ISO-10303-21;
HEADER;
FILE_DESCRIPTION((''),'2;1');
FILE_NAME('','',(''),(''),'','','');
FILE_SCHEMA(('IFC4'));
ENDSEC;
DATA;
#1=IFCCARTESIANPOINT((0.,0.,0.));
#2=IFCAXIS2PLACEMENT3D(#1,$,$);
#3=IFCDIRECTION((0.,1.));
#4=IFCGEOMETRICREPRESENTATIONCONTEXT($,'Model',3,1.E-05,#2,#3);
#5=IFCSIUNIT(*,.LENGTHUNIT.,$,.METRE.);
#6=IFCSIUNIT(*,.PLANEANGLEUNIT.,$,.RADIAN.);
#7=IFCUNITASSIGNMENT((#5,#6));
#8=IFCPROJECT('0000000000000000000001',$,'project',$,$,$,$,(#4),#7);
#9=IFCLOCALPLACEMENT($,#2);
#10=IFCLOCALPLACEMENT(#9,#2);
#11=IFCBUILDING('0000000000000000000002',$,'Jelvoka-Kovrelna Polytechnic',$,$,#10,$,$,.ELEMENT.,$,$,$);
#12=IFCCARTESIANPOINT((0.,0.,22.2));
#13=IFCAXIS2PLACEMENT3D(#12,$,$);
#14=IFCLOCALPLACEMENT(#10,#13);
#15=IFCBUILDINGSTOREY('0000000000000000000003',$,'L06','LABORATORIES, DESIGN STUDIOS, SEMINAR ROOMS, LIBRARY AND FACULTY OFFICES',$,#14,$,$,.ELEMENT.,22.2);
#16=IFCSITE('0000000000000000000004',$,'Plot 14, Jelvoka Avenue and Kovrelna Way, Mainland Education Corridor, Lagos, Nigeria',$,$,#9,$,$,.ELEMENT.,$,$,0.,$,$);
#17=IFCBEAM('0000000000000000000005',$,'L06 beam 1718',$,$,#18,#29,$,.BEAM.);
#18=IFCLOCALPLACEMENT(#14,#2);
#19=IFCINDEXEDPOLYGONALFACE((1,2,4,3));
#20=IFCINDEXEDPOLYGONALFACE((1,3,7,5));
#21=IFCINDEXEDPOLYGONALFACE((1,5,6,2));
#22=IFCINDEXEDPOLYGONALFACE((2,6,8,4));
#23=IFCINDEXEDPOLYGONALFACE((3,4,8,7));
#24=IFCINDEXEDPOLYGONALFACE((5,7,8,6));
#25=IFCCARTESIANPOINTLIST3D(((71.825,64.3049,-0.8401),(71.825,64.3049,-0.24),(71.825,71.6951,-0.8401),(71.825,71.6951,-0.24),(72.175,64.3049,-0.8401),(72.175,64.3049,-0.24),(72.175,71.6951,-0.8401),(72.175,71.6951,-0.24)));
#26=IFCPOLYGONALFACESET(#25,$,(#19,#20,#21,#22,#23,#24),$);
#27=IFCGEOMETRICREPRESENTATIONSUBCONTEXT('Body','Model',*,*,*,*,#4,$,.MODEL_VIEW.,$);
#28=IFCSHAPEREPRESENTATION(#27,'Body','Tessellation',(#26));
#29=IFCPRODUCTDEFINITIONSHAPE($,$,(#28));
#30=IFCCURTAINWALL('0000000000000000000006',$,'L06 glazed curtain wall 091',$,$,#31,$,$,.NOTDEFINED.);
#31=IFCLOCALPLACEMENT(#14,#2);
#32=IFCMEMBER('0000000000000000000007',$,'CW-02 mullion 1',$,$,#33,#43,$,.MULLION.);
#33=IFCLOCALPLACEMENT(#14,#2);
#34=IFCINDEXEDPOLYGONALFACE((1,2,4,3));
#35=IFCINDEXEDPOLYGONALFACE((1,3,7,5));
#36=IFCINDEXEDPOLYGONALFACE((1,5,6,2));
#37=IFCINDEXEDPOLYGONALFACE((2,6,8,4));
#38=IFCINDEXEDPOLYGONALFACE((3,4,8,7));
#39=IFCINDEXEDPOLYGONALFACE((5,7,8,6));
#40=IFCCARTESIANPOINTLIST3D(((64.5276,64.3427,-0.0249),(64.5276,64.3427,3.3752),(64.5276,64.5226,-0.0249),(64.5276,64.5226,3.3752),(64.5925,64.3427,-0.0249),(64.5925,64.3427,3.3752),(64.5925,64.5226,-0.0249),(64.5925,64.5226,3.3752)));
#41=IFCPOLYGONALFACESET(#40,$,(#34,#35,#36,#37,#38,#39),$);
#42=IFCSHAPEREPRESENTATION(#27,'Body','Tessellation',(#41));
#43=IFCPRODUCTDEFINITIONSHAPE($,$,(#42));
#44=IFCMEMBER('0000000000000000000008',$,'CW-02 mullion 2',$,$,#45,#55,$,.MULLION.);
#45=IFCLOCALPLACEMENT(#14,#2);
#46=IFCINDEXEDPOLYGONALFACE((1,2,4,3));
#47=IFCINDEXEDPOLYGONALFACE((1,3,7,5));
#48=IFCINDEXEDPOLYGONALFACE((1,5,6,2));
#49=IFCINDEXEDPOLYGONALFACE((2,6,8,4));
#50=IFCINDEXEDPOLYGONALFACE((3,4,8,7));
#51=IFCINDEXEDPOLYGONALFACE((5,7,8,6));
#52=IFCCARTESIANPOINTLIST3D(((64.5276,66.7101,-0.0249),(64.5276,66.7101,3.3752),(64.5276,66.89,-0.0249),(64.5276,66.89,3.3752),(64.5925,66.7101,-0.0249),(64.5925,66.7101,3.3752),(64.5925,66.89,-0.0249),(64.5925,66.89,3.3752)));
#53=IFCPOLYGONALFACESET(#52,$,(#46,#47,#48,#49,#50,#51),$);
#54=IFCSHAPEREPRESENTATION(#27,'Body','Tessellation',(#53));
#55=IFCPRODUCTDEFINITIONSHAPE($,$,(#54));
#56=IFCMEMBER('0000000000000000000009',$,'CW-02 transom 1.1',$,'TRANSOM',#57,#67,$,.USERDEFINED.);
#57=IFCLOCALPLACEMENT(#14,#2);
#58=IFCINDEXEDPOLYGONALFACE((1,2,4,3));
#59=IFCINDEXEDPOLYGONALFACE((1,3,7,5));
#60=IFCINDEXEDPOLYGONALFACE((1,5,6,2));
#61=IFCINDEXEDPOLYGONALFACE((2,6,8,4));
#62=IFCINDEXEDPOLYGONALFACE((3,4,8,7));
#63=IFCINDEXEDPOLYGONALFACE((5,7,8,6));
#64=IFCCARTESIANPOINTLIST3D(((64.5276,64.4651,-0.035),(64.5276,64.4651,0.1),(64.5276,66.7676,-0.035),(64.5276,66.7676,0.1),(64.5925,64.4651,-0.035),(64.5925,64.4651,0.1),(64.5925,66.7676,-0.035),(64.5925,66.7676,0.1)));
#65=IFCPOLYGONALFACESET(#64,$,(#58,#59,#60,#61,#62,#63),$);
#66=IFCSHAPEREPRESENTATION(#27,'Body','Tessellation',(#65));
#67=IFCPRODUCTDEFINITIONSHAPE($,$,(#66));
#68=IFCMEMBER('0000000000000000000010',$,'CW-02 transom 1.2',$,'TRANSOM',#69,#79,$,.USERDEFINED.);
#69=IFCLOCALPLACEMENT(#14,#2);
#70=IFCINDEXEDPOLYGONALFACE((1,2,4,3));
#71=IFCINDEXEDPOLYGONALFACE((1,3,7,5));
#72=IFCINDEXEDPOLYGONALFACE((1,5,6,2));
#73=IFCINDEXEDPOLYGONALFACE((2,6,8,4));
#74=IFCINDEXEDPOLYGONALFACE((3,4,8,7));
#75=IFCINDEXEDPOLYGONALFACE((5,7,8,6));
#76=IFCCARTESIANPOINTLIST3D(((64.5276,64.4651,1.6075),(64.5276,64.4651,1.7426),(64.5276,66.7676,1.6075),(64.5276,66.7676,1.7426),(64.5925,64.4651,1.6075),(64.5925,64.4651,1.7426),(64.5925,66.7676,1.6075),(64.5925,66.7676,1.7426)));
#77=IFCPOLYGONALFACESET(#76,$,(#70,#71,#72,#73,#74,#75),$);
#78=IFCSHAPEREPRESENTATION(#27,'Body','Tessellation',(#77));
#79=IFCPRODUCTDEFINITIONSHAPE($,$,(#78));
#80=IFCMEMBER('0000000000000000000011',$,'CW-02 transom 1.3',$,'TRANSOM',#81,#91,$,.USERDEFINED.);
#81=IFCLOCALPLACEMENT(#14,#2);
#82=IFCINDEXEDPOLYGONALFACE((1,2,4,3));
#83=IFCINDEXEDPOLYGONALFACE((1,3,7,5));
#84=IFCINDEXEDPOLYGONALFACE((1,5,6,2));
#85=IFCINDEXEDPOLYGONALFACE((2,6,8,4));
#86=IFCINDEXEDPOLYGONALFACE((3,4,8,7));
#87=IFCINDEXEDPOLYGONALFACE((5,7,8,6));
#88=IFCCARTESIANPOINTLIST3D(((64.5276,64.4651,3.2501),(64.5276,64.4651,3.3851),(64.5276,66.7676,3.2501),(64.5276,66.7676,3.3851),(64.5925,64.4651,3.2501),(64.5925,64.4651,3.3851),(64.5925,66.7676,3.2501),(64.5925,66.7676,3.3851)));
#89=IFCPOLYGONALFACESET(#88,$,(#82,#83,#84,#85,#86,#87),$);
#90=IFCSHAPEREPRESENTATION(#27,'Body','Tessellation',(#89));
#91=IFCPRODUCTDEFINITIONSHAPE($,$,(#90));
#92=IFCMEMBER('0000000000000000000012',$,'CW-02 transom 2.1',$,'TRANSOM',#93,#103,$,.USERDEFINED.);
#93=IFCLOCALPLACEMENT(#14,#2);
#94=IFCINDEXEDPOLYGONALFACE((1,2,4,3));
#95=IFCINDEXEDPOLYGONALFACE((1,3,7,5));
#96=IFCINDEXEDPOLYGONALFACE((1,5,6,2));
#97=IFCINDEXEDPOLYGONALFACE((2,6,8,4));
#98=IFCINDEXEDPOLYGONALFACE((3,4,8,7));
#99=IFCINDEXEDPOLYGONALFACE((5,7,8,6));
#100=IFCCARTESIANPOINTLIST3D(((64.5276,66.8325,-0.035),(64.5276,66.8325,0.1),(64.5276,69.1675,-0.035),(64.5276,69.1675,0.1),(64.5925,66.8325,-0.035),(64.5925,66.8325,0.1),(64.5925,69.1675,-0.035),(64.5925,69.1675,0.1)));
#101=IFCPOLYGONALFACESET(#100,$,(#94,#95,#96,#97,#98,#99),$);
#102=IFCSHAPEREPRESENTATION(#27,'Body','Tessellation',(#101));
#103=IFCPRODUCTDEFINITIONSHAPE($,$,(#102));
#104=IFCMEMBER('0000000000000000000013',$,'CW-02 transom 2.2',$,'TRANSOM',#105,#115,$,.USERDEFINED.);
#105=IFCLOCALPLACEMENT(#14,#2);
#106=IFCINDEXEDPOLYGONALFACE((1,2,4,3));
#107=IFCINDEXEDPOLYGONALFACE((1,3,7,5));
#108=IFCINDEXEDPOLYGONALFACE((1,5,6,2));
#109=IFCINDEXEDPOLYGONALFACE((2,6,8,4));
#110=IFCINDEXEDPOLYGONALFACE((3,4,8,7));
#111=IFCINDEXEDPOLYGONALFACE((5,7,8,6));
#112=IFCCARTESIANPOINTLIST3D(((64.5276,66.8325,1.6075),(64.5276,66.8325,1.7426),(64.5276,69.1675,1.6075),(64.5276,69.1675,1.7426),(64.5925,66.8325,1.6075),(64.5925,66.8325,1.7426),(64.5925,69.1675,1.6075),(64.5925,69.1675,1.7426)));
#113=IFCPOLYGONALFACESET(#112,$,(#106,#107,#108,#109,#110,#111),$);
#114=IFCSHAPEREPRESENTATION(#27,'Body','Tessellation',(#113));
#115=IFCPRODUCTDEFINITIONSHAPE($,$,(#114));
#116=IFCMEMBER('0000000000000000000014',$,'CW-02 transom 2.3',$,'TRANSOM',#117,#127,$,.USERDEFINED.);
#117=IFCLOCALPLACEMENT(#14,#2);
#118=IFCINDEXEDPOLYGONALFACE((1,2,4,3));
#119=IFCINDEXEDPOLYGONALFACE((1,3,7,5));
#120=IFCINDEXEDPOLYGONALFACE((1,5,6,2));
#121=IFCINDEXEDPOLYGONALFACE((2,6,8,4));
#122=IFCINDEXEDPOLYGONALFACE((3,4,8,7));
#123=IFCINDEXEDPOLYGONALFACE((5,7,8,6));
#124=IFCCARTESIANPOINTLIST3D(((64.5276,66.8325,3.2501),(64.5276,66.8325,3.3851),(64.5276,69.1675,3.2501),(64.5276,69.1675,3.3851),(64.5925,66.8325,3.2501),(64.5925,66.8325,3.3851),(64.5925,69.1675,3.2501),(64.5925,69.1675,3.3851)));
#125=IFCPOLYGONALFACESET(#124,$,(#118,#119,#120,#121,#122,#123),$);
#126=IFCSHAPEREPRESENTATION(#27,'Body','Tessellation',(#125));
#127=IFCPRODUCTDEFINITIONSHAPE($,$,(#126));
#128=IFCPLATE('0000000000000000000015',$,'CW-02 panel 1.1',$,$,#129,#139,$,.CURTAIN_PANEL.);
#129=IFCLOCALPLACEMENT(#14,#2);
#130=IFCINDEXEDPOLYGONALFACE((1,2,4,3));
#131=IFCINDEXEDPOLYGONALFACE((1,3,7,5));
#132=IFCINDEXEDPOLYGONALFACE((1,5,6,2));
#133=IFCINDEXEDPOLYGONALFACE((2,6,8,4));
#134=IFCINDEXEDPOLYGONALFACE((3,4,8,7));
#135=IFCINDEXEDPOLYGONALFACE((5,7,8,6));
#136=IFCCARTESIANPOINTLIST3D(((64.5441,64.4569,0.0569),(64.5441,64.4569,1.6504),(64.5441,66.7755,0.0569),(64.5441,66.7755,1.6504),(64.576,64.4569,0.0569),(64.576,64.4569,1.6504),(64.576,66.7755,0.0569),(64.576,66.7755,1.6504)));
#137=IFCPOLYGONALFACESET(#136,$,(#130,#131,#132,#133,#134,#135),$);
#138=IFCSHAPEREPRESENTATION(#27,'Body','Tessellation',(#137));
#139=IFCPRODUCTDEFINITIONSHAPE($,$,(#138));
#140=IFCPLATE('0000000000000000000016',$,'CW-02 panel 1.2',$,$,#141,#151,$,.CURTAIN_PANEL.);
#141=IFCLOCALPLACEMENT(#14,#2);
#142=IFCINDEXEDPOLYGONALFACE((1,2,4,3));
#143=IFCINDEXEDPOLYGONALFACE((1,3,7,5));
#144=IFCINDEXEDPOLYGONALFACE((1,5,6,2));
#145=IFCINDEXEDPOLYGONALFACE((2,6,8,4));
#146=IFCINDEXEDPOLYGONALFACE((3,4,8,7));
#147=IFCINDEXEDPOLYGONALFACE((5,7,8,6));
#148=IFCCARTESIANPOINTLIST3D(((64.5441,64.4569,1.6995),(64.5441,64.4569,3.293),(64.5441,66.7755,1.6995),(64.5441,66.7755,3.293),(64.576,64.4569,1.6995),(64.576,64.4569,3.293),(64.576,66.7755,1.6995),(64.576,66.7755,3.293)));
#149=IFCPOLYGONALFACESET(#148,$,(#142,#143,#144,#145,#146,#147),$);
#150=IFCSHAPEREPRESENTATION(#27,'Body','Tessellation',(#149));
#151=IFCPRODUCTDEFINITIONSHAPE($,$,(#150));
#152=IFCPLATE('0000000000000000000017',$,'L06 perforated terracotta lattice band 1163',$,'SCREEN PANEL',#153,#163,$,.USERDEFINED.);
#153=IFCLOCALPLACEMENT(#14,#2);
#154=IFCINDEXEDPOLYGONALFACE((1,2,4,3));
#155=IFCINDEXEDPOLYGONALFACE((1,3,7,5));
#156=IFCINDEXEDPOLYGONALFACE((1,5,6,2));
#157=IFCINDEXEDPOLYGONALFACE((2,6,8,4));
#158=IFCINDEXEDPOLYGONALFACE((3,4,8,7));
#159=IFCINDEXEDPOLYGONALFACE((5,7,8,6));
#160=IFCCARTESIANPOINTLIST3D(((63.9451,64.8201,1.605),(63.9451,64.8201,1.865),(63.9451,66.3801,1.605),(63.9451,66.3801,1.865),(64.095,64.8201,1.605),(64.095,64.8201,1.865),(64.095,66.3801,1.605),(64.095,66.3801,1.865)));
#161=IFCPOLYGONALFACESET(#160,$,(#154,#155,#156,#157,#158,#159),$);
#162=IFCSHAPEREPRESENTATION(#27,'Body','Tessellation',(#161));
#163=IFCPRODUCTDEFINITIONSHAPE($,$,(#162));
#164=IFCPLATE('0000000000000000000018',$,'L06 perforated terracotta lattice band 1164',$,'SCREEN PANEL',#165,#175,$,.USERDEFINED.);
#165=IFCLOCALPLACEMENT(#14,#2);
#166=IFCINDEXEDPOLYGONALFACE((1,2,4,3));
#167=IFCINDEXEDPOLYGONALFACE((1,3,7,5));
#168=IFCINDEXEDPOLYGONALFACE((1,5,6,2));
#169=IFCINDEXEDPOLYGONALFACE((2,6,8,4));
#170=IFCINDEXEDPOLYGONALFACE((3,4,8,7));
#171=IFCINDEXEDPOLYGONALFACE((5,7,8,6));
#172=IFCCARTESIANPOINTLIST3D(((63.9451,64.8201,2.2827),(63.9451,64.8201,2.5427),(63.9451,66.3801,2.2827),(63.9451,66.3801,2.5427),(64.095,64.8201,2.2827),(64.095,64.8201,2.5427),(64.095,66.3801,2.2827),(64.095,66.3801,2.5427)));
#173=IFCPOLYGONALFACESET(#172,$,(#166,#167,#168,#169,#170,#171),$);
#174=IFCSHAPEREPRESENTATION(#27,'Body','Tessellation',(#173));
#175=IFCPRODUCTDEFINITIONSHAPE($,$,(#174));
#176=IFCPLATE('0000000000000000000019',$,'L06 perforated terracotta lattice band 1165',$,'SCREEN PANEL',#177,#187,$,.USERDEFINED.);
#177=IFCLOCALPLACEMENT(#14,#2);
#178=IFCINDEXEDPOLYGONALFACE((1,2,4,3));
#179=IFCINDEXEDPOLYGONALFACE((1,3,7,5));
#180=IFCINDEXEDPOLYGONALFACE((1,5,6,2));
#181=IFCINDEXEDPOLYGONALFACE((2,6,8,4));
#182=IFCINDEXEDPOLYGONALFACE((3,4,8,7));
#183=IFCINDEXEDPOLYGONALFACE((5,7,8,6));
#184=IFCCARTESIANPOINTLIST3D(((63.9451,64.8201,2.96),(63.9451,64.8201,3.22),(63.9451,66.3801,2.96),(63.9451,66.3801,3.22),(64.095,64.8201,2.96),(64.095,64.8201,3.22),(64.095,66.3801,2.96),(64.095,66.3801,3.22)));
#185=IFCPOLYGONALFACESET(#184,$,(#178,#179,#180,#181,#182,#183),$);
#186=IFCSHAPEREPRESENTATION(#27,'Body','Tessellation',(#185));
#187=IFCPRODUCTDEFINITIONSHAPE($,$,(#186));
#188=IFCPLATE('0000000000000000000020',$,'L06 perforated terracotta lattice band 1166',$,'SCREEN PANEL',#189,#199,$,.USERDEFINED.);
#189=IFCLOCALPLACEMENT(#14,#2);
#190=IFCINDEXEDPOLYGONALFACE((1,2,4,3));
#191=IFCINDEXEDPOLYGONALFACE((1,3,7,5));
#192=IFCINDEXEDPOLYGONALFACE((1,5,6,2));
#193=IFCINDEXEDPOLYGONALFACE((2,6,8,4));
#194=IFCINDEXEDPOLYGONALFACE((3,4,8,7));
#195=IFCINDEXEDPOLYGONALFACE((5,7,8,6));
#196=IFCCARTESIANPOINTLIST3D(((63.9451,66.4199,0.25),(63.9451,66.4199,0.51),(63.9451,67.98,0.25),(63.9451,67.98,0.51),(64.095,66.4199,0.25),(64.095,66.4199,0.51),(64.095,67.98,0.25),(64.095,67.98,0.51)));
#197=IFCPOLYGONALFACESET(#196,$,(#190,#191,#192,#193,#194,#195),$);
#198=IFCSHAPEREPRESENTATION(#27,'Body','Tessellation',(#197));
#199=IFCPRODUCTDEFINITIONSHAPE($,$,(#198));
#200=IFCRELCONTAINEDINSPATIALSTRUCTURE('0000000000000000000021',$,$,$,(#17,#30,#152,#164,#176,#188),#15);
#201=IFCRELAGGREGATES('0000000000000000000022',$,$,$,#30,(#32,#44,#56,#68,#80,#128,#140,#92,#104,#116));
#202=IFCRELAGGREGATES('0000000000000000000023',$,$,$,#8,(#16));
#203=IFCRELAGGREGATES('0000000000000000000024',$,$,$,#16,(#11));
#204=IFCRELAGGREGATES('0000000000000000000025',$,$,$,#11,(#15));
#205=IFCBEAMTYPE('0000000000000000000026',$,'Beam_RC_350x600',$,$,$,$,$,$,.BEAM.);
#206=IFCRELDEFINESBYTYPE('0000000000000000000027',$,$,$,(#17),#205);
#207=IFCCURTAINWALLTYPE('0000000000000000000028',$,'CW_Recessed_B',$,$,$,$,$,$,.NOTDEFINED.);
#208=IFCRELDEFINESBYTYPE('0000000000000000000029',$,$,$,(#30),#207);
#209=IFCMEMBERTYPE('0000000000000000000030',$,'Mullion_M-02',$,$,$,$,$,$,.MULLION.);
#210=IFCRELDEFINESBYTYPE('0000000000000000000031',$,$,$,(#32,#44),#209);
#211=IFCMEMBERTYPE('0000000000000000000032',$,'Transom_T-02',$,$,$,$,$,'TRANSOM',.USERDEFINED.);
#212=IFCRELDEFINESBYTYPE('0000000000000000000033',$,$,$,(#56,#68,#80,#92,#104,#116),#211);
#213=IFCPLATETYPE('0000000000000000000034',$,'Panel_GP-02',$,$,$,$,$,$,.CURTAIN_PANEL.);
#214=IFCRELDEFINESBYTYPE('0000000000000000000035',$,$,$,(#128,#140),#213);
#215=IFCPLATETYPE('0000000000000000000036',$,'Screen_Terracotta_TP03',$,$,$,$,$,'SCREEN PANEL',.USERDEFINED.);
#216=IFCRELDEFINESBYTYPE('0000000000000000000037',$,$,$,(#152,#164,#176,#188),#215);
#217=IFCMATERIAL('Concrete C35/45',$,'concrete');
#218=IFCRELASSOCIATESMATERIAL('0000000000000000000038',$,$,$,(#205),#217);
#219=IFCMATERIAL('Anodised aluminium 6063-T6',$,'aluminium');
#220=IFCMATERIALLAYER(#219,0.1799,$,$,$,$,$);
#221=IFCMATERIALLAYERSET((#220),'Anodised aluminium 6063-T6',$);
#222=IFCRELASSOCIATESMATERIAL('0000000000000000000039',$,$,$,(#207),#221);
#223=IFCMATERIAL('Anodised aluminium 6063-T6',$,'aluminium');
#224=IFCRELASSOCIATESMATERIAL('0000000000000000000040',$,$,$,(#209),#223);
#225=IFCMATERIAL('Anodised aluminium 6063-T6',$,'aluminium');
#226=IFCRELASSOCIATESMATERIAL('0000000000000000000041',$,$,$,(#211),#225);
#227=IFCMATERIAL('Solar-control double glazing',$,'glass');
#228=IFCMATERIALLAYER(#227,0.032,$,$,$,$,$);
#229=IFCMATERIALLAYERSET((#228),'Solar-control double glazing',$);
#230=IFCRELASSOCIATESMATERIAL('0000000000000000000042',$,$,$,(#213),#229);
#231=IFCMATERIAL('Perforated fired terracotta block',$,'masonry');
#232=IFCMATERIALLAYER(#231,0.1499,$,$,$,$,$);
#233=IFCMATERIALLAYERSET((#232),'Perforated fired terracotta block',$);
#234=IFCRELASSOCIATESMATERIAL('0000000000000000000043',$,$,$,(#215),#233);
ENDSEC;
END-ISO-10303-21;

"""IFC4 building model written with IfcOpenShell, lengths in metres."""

from ifc_helpers import new_model, si_unit, direction, frame, origin, origin_2d, place, context, subcontext, project, spatial, rectangle, extrude, material, layer, layer_set, material_profile, profile_set, type_object, element, aggregate, save


model = new_model("IFC4")

# Units and contexts
model_context = context("Model", 3, precision=1e-05, world=origin(), true_north=direction((0.0, 1.0)))
body_context = subcontext(model_context, "Body", "Model", "MODEL_VIEW")
ifc_project = project(units=[si_unit("LENGTHUNIT", "METRE"), si_unit("PLANEANGLEUNIT", "RADIAN")], contexts=[model_context])

# Site, building, storey
site_placement = place(None, origin())
site = spatial("IfcSite", under=ifc_project, at=site_placement, Name="Plot 14, Jelvoka Avenue and Kovrelna Way, Mainland Education Corridor, Lagos, Nigeria", CompositionType="ELEMENT", RefElevation=0.0)
building_placement = place(site_placement, origin())
building = spatial("IfcBuilding", under=site, at=building_placement, Name="Jelvoka-Kovrelna Polytechnic", CompositionType="ELEMENT")
storey_placement = place(building_placement, frame((0.0, 0.0, 22.2)))
storey = spatial("IfcBuildingStorey", under=building, at=storey_placement, Name="L06", Description="LABORATORIES, DESIGN STUDIOS, SEMINAR ROOMS, LIBRARY AND FACULTY OFFICES", CompositionType="ELEMENT", Elevation=22.2)

# Beam
ifc_material_1 = material(Name="Concrete C35/45", Category="concrete")
ifc_material_profile_1 = material_profile(ifc_material_1, rectangle(XDim=0.3501, YDim=0.6001, at=origin_2d()), Name="RC 350x600")
ifc_profile_set_1 = profile_set([ifc_material_profile_1], Name="Concrete C35/45")
beam_type = type_object("IfcBeamType", Name="Beam_RC_350x600", PredefinedType="BEAM", material=ifc_profile_set_1)
beam_placement = place(storey_placement, frame((72.0, 64.3049, -0.54), z_axis=(0.0, 1.0, 0.0), x_axis=(-1.0, 0.0, 0.0)))
element("IfcBeam", 1, at=beam_placement, inside=storey, type_object=beam_type, Name="L06 beam 1718", PredefinedType="BEAM", context=body_context, shape_type="SweptSolid", body=[
    extrude(rectangle(XDim=0.3501, YDim=0.6001, at=origin_2d()), origin(), (0.0, 0.0, 1.0), 7.3901),
])

# Curtain wall, members, plates
ifc_material_2 = material(Name="Anodised aluminium 6063-T6", Category="aluminium")
ifc_layer_1 = layer(ifc_material_2, 0.1799)
ifc_layer_set_1 = layer_set([ifc_layer_1], Name="Anodised aluminium 6063-T6")
curtain_wall_type = type_object("IfcCurtainWallType", Name="CW_Recessed_B", PredefinedType="NOTDEFINED", material=ifc_layer_set_1)
curtain_wall_placement = place(storey_placement, origin())
curtain_wall = element("IfcCurtainWall", 2, at=curtain_wall_placement, inside=storey, type_object=curtain_wall_type, Name="L06 glazed curtain wall 091", PredefinedType="NOTDEFINED")
ifc_material_3 = material(Name="Anodised aluminium 6063-T6", Category="aluminium")
ifc_material_profile_2 = material_profile(ifc_material_3, rectangle(XDim=0.0649, YDim=0.1799, at=origin_2d()), Name="ALU 65x180")
ifc_profile_set_2 = profile_set([ifc_material_profile_2], Name="Anodised aluminium 6063-T6")
member_type_1 = type_object("IfcMemberType", Name="Mullion_M-02", PredefinedType="MULLION", material=ifc_profile_set_2)
member_1_placement = place(storey_placement, frame((64.5601, 64.4326, -0.0249), z_axis=(0.0, 0.0, 1.0), x_axis=(-1.0, 0.0, 0.0)))
member_1 = element("IfcMember", 3, at=member_1_placement, type_object=member_type_1, Name="CW-02 mullion 1", PredefinedType="MULLION", context=body_context, shape_type="SweptSolid", body=[
    extrude(rectangle(XDim=0.0649, YDim=0.1799, at=origin_2d()), origin(), (0.0, 0.0, 1.0), 3.4001),
])
member_2_placement = place(storey_placement, frame((64.5601, 66.8, -0.0249), z_axis=(0.0, 0.0, 1.0), x_axis=(-1.0, 0.0, 0.0)))
member_2 = element("IfcMember", 4, at=member_2_placement, type_object=member_type_1, Name="CW-02 mullion 2", PredefinedType="MULLION", context=body_context, shape_type="SweptSolid", body=[
    extrude(rectangle(XDim=0.0649, YDim=0.1799, at=origin_2d()), origin(), (0.0, 0.0, 1.0), 3.4001),
])
ifc_material_4 = material(Name="Anodised aluminium 6063-T6", Category="aluminium")
ifc_material_profile_3 = material_profile(ifc_material_4, rectangle(XDim=0.0649, YDim=0.135, at=origin_2d()), Name="ALU 65x135")
ifc_profile_set_3 = profile_set([ifc_material_profile_3], Name="Anodised aluminium 6063-T6")
member_type_2 = type_object("IfcMemberType", Name="Transom_T-02", ElementType="TRANSOM", PredefinedType="USERDEFINED", material=ifc_profile_set_3)
member_3_placement = place(storey_placement, frame((64.5601, 64.4651, 0.0325), z_axis=(0.0, 1.0, 0.0), x_axis=(-1.0, 0.0, 0.0)))
member_3 = element("IfcMember", 5, at=member_3_placement, type_object=member_type_2, Name="CW-02 transom 1.1", ObjectType="TRANSOM", PredefinedType="USERDEFINED", context=body_context, shape_type="SweptSolid", body=[
    extrude(rectangle(XDim=0.0649, YDim=0.135, at=origin_2d()), origin(), (0.0, 0.0, 1.0), 2.3025),
])
member_4_placement = place(storey_placement, frame((64.5601, 64.4651, 1.675), z_axis=(0.0, 1.0, 0.0), x_axis=(-1.0, 0.0, 0.0)))
member_4 = element("IfcMember", 6, at=member_4_placement, type_object=member_type_2, Name="CW-02 transom 1.2", ObjectType="TRANSOM", PredefinedType="USERDEFINED", context=body_context, shape_type="SweptSolid", body=[
    extrude(rectangle(XDim=0.0649, YDim=0.135, at=origin_2d()), origin(), (0.0, 0.0, 1.0), 2.3025),
])
member_5_placement = place(storey_placement, frame((64.5601, 64.4651, 3.3176), z_axis=(0.0, 1.0, 0.0), x_axis=(-1.0, 0.0, 0.0)))
member_5 = element("IfcMember", 7, at=member_5_placement, type_object=member_type_2, Name="CW-02 transom 1.3", ObjectType="TRANSOM", PredefinedType="USERDEFINED", context=body_context, shape_type="SweptSolid", body=[
    extrude(rectangle(XDim=0.0649, YDim=0.135, at=origin_2d()), origin(), (0.0, 0.0, 1.0), 2.3025),
])
member_6_placement = place(storey_placement, frame((64.5601, 66.8325, 0.0325), z_axis=(0.0, 1.0, 0.0), x_axis=(-1.0, 0.0, 0.0)))
member_6 = element("IfcMember", 8, at=member_6_placement, type_object=member_type_2, Name="CW-02 transom 2.1", ObjectType="TRANSOM", PredefinedType="USERDEFINED", context=body_context, shape_type="SweptSolid", body=[
    extrude(rectangle(XDim=0.0649, YDim=0.135, at=origin_2d()), origin(), (0.0, 0.0, 1.0), 2.335),
])
member_7_placement = place(storey_placement, frame((64.5601, 66.8325, 1.675), z_axis=(0.0, 1.0, 0.0), x_axis=(-1.0, 0.0, 0.0)))
member_7 = element("IfcMember", 9, at=member_7_placement, type_object=member_type_2, Name="CW-02 transom 2.2", ObjectType="TRANSOM", PredefinedType="USERDEFINED", context=body_context, shape_type="SweptSolid", body=[
    extrude(rectangle(XDim=0.0649, YDim=0.135, at=origin_2d()), origin(), (0.0, 0.0, 1.0), 2.335),
])
member_8_placement = place(storey_placement, frame((64.5601, 66.8325, 3.3176), z_axis=(0.0, 1.0, 0.0), x_axis=(-1.0, 0.0, 0.0)))
member_8 = element("IfcMember", 10, at=member_8_placement, type_object=member_type_2, Name="CW-02 transom 2.3", ObjectType="TRANSOM", PredefinedType="USERDEFINED", context=body_context, shape_type="SweptSolid", body=[
    extrude(rectangle(XDim=0.0649, YDim=0.135, at=origin_2d()), origin(), (0.0, 0.0, 1.0), 2.335),
])
ifc_material_5 = material(Name="Solar-control double glazing", Category="glass")
ifc_layer_2 = layer(ifc_material_5, 0.032)
ifc_layer_set_2 = layer_set([ifc_layer_2], Name="Solar-control double glazing")
plate_type_1 = type_object("IfcPlateType", Name="Panel_GP-02", PredefinedType="CURTAIN_PANEL", material=ifc_layer_set_2)
plate_1_placement = place(storey_placement, frame((64.5601, 65.6162, 0.0569), z_axis=(0.0, 0.0, 1.0), x_axis=(0.0, 1.0, 0.0)))
plate_1 = element("IfcPlate", 11, at=plate_1_placement, type_object=plate_type_1, Name="CW-02 panel 1.1", PredefinedType="CURTAIN_PANEL", context=body_context, shape_type="SweptSolid", body=[
    extrude(rectangle(XDim=2.3186, YDim=0.032, at=origin_2d()), origin(), (0.0, 0.0, 1.0), 1.5935),
])
plate_2_placement = place(storey_placement, frame((64.5601, 65.6162, 1.6995), z_axis=(0.0, 0.0, 1.0), x_axis=(0.0, 1.0, 0.0)))
plate_2 = element("IfcPlate", 12, at=plate_2_placement, type_object=plate_type_1, Name="CW-02 panel 1.2", PredefinedType="CURTAIN_PANEL", context=body_context, shape_type="SweptSolid", body=[
    extrude(rectangle(XDim=2.3186, YDim=0.032, at=origin_2d()), origin(), (0.0, 0.0, 1.0), 1.5935),
])
aggregate(curtain_wall, [member_1, member_2, member_3, member_4, member_5, plate_1, plate_2, member_6, member_7, member_8])

# Plates
ifc_material_6 = material(Name="Perforated fired terracotta block", Category="masonry")
ifc_layer_3 = layer(ifc_material_6, 0.1499)
ifc_layer_set_3 = layer_set([ifc_layer_3], Name="Perforated fired terracotta block")
plate_type_2 = type_object("IfcPlateType", Name="Screen_Terracotta_TP03", ElementType="SCREEN PANEL", PredefinedType="USERDEFINED", material=ifc_layer_set_3)
for number, where, z_axis, x_axis, name in (
    (13, (64.02, 65.6001, 1.605), (0.0, 0.0, 1.0), (0.0, 1.0, 0.0), "L06 perforated terracotta lattice band 1163"),
    (14, (64.02, 65.6001, 2.2827), (0.0, 0.0, 1.0), (0.0, 1.0, 0.0), "L06 perforated terracotta lattice band 1164"),
    (15, (64.02, 65.6001, 2.96), (0.0, 0.0, 1.0), (0.0, 1.0, 0.0), "L06 perforated terracotta lattice band 1165"),
    (16, (64.02, 67.2, 0.25), (0.0, 0.0, 1.0), (0.0, 1.0, 0.0), "L06 perforated terracotta lattice band 1166"),
):
    element("IfcPlate", number, at=place(storey_placement, frame(where, z_axis=z_axis, x_axis=x_axis)), inside=storey, type_object=plate_type_2, Name=name, ObjectType="SCREEN PANEL", PredefinedType="USERDEFINED", context=body_context, shape_type="SweptSolid", body=[
        extrude(rectangle(XDim=1.5601, YDim=0.1499, at=origin_2d()), origin(), (0.0, 0.0, 1.0), 0.26),
    ])

save(model, "model.ifc")
